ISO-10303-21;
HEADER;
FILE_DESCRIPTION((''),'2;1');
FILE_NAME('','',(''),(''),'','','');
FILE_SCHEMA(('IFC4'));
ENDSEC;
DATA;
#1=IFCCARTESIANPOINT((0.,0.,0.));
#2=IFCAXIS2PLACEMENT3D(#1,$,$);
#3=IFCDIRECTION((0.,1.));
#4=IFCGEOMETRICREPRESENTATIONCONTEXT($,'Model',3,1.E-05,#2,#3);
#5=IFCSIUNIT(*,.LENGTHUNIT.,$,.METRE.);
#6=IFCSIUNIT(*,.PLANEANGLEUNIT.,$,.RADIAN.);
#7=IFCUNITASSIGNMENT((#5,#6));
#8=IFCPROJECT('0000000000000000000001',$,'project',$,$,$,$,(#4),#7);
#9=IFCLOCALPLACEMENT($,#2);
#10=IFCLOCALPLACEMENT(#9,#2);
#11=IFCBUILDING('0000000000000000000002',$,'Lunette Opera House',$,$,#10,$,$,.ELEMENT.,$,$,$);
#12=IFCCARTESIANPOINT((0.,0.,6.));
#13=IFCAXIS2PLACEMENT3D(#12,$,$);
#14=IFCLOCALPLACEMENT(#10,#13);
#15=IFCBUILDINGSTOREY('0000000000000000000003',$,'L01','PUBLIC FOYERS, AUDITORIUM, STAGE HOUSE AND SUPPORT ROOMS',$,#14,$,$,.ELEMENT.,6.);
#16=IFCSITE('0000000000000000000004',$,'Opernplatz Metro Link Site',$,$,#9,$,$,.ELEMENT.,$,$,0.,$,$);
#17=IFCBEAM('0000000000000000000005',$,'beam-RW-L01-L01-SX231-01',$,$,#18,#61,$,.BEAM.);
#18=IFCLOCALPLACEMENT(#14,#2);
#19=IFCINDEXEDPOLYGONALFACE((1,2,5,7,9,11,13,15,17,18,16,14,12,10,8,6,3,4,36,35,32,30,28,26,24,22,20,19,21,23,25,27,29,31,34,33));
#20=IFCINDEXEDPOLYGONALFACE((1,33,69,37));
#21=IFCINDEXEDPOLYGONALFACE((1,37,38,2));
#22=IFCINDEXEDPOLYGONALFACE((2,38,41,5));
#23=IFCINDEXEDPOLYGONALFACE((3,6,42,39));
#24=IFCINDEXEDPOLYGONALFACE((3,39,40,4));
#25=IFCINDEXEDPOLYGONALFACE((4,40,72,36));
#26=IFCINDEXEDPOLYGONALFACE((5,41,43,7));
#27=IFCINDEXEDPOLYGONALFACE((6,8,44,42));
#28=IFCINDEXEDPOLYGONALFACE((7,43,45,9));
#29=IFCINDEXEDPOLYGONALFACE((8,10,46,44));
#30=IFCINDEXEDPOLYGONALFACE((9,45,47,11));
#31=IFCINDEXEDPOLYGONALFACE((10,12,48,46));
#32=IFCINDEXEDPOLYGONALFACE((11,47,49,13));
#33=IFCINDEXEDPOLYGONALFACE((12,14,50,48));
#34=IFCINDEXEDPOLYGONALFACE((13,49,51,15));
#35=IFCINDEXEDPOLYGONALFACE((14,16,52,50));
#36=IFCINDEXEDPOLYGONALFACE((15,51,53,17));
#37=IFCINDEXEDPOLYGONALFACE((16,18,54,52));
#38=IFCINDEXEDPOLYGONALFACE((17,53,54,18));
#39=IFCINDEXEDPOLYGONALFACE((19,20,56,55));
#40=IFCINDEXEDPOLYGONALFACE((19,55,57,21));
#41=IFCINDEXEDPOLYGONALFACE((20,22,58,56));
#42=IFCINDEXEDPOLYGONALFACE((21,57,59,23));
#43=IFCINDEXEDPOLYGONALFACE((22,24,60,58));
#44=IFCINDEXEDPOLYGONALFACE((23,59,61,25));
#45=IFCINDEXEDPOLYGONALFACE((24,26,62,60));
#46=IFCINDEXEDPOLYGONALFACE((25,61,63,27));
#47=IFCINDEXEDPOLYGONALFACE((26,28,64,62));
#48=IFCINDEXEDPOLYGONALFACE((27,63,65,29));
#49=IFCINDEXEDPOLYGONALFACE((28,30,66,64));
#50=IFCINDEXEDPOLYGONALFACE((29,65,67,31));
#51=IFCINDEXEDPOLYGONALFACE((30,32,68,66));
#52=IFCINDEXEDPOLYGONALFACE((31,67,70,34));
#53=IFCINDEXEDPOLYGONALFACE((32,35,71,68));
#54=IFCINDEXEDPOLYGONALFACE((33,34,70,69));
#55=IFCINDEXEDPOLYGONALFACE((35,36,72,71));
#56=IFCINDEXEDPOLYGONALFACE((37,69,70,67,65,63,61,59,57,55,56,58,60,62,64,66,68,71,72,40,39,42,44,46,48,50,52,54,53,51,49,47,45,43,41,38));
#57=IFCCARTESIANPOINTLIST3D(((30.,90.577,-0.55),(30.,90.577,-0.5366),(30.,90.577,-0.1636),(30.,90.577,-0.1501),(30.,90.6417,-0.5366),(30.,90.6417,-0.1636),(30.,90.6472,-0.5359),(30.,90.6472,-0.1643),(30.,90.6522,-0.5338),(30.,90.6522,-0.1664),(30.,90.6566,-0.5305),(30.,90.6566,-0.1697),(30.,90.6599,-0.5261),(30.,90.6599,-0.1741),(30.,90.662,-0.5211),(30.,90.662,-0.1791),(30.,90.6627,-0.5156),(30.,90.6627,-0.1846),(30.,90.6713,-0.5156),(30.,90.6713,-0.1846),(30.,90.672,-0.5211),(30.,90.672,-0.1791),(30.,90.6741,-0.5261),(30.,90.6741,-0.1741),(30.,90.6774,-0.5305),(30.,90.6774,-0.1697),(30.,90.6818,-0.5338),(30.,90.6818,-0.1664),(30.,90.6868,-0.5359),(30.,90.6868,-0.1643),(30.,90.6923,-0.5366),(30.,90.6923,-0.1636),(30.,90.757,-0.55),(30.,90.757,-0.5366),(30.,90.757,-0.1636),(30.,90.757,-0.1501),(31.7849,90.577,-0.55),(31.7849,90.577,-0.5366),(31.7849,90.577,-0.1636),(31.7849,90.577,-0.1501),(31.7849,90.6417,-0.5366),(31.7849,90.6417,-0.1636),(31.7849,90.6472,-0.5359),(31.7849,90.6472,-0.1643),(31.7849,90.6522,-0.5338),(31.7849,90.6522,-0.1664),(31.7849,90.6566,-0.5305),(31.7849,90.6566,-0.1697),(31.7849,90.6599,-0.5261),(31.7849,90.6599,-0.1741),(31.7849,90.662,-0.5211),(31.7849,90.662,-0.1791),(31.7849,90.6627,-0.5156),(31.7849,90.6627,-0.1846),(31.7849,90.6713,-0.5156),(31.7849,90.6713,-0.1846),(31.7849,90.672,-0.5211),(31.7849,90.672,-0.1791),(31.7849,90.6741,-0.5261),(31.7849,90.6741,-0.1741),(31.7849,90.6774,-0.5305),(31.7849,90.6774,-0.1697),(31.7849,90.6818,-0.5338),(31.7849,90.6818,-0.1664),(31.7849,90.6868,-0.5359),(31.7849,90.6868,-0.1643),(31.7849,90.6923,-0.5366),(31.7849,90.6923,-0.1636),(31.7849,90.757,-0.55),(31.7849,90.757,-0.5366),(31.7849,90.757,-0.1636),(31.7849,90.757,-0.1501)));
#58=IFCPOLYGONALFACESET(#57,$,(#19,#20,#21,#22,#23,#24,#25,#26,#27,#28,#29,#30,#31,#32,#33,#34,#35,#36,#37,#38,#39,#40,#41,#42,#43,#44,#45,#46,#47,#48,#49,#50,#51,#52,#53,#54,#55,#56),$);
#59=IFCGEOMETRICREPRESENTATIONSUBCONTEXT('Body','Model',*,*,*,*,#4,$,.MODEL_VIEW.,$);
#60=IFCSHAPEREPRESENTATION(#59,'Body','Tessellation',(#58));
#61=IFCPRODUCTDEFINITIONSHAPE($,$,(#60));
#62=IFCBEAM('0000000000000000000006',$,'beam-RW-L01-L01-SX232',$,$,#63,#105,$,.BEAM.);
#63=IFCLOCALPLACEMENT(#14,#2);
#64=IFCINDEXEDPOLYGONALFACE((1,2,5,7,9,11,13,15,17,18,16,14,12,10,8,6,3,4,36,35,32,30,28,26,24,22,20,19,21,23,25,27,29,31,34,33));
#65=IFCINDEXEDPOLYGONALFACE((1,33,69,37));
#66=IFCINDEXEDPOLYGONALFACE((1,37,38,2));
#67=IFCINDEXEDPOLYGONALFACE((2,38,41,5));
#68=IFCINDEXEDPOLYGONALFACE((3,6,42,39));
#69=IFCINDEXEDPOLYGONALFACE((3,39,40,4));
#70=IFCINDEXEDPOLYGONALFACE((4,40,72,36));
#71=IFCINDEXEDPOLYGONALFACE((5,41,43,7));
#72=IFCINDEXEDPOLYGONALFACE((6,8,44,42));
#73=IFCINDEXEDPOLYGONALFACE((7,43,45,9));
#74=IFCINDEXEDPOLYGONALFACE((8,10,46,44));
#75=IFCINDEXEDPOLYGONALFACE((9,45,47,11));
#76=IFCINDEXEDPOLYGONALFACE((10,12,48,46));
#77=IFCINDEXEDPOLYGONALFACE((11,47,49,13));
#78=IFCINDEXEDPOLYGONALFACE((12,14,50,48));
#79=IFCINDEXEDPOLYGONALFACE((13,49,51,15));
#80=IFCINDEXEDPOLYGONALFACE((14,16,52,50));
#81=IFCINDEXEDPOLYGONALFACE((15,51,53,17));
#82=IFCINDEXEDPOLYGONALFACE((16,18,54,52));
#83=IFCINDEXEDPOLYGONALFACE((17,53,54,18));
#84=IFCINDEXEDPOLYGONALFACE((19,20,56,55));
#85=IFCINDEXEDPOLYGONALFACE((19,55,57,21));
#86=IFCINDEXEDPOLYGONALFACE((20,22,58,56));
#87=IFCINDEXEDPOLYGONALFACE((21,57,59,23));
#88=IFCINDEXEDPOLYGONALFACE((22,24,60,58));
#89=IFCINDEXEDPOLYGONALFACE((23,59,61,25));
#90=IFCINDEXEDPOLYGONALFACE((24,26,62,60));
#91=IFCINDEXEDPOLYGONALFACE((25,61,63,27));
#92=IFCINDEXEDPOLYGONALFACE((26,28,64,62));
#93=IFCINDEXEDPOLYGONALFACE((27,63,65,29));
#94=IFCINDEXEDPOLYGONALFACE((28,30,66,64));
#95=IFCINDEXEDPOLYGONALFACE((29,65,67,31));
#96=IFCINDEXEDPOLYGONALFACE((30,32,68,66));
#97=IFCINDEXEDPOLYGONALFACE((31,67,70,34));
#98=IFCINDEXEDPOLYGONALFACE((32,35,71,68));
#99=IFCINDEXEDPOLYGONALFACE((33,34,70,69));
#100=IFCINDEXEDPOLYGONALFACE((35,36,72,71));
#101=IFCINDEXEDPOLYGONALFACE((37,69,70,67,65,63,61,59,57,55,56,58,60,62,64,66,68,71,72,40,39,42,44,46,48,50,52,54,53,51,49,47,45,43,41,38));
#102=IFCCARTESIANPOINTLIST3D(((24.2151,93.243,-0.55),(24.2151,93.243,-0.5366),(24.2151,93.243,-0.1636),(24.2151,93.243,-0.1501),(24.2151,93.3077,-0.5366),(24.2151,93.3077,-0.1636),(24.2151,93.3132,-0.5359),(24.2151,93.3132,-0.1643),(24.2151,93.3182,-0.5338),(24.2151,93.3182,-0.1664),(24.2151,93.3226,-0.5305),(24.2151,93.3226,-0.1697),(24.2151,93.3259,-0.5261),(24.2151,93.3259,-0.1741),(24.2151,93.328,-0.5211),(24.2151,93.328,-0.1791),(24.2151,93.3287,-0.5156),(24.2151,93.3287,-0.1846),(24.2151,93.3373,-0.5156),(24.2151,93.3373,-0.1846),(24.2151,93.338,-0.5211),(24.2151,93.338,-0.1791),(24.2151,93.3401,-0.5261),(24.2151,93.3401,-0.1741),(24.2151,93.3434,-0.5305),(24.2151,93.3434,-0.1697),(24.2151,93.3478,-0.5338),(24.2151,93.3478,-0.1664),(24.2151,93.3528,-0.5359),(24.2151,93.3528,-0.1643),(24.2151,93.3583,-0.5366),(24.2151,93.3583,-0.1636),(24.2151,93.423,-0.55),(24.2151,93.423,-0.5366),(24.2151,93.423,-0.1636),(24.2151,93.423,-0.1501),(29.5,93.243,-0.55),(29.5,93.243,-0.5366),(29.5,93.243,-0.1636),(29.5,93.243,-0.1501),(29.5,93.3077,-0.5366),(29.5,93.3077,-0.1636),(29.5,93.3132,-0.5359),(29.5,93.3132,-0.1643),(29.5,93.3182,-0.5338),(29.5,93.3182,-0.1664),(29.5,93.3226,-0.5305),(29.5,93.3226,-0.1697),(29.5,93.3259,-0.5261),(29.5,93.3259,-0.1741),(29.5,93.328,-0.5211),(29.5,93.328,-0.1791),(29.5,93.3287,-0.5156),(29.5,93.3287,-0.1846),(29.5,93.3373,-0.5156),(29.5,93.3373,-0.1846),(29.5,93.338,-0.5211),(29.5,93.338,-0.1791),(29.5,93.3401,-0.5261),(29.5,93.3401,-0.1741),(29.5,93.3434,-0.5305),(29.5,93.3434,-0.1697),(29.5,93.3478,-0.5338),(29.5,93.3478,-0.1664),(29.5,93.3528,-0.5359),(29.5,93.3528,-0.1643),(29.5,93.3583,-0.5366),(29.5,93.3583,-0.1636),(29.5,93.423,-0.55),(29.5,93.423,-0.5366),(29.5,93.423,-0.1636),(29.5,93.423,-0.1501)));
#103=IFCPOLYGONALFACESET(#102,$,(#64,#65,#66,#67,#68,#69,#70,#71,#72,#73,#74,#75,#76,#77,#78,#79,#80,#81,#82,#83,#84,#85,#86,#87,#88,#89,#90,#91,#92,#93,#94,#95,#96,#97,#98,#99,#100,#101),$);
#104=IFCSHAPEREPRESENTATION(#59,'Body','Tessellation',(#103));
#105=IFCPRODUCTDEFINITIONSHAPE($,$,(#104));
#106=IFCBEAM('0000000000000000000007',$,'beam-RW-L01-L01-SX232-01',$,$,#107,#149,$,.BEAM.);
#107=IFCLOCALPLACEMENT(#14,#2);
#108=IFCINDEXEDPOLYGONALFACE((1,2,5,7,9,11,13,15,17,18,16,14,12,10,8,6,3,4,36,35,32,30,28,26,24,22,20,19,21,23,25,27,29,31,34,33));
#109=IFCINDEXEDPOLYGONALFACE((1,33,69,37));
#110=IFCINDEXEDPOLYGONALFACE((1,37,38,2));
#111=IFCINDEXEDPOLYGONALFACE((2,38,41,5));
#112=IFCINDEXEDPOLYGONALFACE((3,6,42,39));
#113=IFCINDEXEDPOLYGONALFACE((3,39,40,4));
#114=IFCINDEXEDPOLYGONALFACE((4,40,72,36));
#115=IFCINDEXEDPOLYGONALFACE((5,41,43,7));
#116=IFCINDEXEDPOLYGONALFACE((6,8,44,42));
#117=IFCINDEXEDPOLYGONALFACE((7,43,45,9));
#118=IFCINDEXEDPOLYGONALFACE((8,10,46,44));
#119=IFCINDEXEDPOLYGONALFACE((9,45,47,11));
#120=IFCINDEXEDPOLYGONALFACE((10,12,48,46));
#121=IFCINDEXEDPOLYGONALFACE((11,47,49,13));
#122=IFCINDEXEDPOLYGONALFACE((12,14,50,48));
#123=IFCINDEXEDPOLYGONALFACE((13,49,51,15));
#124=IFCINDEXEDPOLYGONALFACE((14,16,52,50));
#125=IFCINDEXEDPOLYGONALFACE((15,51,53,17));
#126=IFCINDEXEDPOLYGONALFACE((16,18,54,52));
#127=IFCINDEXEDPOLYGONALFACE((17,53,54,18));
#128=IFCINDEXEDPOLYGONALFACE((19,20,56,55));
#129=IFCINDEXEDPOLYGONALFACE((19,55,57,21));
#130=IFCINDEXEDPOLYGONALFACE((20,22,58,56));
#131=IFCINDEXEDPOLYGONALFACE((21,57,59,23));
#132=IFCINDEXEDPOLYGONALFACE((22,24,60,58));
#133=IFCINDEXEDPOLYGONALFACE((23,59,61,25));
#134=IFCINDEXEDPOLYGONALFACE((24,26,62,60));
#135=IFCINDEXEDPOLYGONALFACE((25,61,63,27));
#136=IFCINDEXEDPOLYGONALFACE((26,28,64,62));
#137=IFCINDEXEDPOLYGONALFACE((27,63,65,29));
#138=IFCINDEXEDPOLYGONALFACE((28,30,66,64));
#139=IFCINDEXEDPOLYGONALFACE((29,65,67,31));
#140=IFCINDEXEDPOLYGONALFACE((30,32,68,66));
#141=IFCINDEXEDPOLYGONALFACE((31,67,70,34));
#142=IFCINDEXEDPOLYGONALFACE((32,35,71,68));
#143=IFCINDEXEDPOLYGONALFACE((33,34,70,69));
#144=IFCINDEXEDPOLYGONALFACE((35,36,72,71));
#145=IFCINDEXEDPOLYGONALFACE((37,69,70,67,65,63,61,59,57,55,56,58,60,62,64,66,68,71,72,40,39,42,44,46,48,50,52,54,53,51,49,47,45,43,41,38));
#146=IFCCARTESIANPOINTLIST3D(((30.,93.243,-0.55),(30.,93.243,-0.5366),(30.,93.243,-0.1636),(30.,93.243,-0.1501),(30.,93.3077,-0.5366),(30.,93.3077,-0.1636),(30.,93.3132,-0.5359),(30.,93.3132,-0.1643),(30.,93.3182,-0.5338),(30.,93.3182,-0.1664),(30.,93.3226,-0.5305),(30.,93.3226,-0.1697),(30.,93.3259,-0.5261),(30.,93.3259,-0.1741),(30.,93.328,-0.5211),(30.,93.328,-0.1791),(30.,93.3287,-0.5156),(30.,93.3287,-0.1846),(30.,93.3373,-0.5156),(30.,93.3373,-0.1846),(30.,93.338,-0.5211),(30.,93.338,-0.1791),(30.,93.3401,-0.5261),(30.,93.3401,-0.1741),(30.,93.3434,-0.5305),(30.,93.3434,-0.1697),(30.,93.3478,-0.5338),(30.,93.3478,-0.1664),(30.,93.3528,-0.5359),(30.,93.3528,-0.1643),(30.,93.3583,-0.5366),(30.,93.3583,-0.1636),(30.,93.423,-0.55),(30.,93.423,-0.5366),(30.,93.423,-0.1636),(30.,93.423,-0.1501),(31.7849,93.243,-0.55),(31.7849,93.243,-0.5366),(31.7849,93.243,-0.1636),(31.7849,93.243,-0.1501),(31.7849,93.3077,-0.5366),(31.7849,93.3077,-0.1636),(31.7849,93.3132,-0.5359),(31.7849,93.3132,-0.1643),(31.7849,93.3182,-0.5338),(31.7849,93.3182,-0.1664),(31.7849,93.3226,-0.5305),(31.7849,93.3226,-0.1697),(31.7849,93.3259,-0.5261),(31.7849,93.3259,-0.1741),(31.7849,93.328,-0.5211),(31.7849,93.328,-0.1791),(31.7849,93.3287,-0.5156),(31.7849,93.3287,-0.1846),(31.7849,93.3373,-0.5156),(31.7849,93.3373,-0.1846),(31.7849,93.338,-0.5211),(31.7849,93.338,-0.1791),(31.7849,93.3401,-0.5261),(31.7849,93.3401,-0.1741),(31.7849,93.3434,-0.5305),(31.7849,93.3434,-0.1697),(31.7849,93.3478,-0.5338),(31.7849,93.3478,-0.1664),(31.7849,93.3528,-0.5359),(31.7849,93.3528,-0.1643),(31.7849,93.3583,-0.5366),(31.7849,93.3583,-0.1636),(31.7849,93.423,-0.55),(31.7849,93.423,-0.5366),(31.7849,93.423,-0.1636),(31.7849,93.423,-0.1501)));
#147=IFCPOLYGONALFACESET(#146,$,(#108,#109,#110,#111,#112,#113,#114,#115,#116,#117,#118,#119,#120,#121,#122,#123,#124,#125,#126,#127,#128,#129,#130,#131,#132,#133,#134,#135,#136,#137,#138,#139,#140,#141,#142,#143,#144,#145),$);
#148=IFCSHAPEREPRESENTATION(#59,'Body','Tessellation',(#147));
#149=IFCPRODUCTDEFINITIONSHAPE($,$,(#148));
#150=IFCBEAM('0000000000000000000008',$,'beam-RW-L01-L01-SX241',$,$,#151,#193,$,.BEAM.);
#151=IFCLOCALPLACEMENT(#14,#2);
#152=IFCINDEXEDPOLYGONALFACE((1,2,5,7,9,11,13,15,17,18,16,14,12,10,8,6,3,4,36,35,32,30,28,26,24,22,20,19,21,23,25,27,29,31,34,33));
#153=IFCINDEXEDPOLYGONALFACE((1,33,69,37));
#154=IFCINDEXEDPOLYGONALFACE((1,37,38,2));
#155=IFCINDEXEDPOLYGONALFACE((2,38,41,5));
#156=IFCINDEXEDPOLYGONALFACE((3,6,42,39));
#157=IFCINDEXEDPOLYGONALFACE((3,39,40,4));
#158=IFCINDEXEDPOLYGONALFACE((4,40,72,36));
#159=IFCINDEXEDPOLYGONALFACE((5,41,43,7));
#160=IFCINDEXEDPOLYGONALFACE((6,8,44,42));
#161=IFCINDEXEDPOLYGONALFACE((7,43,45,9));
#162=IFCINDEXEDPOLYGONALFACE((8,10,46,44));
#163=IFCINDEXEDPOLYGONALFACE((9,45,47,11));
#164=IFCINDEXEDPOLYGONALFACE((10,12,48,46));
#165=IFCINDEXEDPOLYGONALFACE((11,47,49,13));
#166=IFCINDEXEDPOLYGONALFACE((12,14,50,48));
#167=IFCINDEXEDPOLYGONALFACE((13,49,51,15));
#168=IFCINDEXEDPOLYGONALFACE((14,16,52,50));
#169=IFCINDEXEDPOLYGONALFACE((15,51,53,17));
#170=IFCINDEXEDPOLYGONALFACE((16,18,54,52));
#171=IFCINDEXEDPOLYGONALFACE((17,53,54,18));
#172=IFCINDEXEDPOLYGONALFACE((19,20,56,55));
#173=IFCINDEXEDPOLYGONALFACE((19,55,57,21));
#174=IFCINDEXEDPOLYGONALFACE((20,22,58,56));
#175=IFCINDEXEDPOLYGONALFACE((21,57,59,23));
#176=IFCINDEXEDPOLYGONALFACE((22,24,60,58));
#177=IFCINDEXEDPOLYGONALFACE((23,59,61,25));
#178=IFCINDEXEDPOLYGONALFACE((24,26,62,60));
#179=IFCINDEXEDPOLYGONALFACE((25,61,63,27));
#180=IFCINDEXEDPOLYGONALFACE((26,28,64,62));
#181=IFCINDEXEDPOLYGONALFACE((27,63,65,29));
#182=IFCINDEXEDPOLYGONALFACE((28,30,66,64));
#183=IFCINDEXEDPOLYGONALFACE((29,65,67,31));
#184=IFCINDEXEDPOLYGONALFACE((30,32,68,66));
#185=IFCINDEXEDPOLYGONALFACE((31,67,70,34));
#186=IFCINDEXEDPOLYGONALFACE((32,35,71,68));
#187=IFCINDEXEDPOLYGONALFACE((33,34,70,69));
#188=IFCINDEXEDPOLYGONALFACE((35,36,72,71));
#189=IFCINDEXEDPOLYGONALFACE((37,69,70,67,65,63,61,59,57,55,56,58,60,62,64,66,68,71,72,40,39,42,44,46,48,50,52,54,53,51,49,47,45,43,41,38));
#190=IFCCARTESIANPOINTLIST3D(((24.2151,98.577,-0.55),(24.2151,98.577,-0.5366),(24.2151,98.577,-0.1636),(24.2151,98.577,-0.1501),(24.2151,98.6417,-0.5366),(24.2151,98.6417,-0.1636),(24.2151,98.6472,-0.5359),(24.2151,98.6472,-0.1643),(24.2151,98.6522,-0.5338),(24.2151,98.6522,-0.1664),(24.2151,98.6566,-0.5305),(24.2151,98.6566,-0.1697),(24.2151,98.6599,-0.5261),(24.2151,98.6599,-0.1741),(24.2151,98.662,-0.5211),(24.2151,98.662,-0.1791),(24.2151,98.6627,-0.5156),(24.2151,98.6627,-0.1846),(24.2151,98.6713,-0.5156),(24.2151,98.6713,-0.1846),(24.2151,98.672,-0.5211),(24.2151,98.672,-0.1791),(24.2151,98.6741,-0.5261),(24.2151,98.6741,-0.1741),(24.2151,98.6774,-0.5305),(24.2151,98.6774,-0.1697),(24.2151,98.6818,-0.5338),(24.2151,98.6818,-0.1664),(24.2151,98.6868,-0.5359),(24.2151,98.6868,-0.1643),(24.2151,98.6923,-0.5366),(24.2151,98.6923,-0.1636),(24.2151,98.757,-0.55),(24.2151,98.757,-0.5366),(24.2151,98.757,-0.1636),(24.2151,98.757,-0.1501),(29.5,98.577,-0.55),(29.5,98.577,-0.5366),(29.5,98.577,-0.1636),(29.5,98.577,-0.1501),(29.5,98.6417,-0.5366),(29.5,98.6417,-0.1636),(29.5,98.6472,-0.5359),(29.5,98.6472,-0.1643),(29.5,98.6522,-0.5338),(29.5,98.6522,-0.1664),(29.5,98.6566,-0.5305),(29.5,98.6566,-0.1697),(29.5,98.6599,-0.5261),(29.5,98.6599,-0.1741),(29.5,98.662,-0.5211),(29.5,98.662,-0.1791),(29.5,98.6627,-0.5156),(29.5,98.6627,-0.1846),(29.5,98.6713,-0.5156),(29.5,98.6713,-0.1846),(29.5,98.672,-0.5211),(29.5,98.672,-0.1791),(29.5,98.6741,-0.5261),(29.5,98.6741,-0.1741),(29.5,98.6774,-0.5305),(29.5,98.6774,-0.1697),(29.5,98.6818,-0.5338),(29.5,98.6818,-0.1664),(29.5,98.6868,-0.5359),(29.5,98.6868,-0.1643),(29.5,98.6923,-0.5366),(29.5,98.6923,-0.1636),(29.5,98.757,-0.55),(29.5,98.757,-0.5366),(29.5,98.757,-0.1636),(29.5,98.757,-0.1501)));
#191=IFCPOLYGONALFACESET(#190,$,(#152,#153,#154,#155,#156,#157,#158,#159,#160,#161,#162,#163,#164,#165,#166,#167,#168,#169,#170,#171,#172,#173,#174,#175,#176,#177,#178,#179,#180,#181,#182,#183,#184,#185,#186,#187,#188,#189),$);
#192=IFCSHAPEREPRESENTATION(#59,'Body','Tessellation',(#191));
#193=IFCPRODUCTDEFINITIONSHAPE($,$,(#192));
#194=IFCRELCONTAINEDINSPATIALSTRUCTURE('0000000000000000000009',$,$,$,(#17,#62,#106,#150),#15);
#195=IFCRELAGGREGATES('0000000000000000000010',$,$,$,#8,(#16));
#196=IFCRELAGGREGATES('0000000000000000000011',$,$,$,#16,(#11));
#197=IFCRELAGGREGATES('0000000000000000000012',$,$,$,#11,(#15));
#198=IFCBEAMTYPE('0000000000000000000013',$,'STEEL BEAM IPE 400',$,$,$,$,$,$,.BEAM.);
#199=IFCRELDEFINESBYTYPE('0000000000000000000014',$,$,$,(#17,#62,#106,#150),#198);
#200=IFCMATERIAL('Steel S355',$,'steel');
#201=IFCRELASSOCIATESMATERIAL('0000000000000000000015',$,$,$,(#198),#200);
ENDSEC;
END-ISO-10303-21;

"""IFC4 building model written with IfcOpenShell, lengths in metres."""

from ifc_helpers import new_model, si_unit, direction, frame, origin, origin_2d, place, context, subcontext, project, spatial, i_section, extrude, material, material_profile, profile_set, type_object, element, save


model = new_model("IFC4")

# Units and contexts
model_context = context("Model", 3, precision=1e-05, world=origin(), true_north=direction((0.0, 1.0)))
body_context = subcontext(model_context, "Body", "Model", "MODEL_VIEW")
ifc_project = project(units=[si_unit("LENGTHUNIT", "METRE"), si_unit("PLANEANGLEUNIT", "RADIAN")], contexts=[model_context])

# Site, building, storey
site_placement = place(None, origin())
site = spatial("IfcSite", under=ifc_project, at=site_placement, Name="Opernplatz Metro Link Site", CompositionType="ELEMENT", RefElevation=0.0)
building_placement = place(site_placement, origin())
building = spatial("IfcBuilding", under=site, at=building_placement, Name="Lunette Opera House", CompositionType="ELEMENT")
storey_placement = place(building_placement, frame((0.0, 0.0, 6.0)))
storey = spatial("IfcBuildingStorey", under=building, at=storey_placement, Name="L01", Description="PUBLIC FOYERS, AUDITORIUM, STAGE HOUSE AND SUPPORT ROOMS", CompositionType="ELEMENT", Elevation=6.0)

# Beams
ifc_material_1 = material(Name="Steel S355", Category="steel")
ifc_material_profile_1 = material_profile(ifc_material_1, i_section(OverallWidth=0.1799, OverallDepth=0.3999, WebThickness=0.0085, FlangeThickness=0.0134, FilletRadius=0.021, at=origin_2d()), Name="IPE 400")
ifc_profile_set_1 = profile_set([ifc_material_profile_1], Name="Steel S355")
beam_type_1 = type_object("IfcBeamType", Name="STEEL BEAM IPE 400", PredefinedType="BEAM", material=ifc_profile_set_1)
beam_1_placement = place(storey_placement, frame((30.0, 90.667, -0.3501), z_axis=(1.0, 0.0, 0.0), x_axis=(0.0, 1.0, 0.0)))
element("IfcBeam", 1, at=beam_1_placement, inside=storey, type_object=beam_type_1, Name="beam-RW-L01-L01-SX231-01", PredefinedType="BEAM", context=body_context, shape_type="SweptSolid", body=[
    extrude(i_section(OverallWidth=0.1799, OverallDepth=0.3999, WebThickness=0.0085, FlangeThickness=0.0134, FilletRadius=0.021, at=origin_2d()), origin(), (0.0, 0.0, 1.0), 1.7849),
])
beam_2_placement = place(storey_placement, frame((24.2151, 93.333, -0.3501), z_axis=(1.0, 0.0, 0.0), x_axis=(0.0, 1.0, 0.0)))
element("IfcBeam", 2, at=beam_2_placement, inside=storey, type_object=beam_type_1, Name="beam-RW-L01-L01-SX232", PredefinedType="BEAM", context=body_context, shape_type="SweptSolid", body=[
    extrude(i_section(OverallWidth=0.1799, OverallDepth=0.3999, WebThickness=0.0085, FlangeThickness=0.0134, FilletRadius=0.021, at=origin_2d()), origin(), (0.0, 0.0, 1.0), 5.2849),
])
beam_3_placement = place(storey_placement, frame((30.0, 93.333, -0.3501), z_axis=(1.0, 0.0, 0.0), x_axis=(0.0, 1.0, 0.0)))
element("IfcBeam", 3, at=beam_3_placement, inside=storey, type_object=beam_type_1, Name="beam-RW-L01-L01-SX232-01", PredefinedType="BEAM", context=body_context, shape_type="SweptSolid", body=[
    extrude(i_section(OverallWidth=0.1799, OverallDepth=0.3999, WebThickness=0.0085, FlangeThickness=0.0134, FilletRadius=0.021, at=origin_2d()), origin(), (0.0, 0.0, 1.0), 1.7849),
])
beam_4_placement = place(storey_placement, frame((24.2151, 98.667, -0.3501), z_axis=(1.0, 0.0, 0.0), x_axis=(0.0, 1.0, 0.0)))
element("IfcBeam", 4, at=beam_4_placement, inside=storey, type_object=beam_type_1, Name="beam-RW-L01-L01-SX241", PredefinedType="BEAM", context=body_context, shape_type="SweptSolid", body=[
    extrude(i_section(OverallWidth=0.1799, OverallDepth=0.3999, WebThickness=0.0085, FlangeThickness=0.0134, FilletRadius=0.021, at=origin_2d()), origin(), (0.0, 0.0, 1.0), 5.2849),
])

save(model, "model.ifc")
